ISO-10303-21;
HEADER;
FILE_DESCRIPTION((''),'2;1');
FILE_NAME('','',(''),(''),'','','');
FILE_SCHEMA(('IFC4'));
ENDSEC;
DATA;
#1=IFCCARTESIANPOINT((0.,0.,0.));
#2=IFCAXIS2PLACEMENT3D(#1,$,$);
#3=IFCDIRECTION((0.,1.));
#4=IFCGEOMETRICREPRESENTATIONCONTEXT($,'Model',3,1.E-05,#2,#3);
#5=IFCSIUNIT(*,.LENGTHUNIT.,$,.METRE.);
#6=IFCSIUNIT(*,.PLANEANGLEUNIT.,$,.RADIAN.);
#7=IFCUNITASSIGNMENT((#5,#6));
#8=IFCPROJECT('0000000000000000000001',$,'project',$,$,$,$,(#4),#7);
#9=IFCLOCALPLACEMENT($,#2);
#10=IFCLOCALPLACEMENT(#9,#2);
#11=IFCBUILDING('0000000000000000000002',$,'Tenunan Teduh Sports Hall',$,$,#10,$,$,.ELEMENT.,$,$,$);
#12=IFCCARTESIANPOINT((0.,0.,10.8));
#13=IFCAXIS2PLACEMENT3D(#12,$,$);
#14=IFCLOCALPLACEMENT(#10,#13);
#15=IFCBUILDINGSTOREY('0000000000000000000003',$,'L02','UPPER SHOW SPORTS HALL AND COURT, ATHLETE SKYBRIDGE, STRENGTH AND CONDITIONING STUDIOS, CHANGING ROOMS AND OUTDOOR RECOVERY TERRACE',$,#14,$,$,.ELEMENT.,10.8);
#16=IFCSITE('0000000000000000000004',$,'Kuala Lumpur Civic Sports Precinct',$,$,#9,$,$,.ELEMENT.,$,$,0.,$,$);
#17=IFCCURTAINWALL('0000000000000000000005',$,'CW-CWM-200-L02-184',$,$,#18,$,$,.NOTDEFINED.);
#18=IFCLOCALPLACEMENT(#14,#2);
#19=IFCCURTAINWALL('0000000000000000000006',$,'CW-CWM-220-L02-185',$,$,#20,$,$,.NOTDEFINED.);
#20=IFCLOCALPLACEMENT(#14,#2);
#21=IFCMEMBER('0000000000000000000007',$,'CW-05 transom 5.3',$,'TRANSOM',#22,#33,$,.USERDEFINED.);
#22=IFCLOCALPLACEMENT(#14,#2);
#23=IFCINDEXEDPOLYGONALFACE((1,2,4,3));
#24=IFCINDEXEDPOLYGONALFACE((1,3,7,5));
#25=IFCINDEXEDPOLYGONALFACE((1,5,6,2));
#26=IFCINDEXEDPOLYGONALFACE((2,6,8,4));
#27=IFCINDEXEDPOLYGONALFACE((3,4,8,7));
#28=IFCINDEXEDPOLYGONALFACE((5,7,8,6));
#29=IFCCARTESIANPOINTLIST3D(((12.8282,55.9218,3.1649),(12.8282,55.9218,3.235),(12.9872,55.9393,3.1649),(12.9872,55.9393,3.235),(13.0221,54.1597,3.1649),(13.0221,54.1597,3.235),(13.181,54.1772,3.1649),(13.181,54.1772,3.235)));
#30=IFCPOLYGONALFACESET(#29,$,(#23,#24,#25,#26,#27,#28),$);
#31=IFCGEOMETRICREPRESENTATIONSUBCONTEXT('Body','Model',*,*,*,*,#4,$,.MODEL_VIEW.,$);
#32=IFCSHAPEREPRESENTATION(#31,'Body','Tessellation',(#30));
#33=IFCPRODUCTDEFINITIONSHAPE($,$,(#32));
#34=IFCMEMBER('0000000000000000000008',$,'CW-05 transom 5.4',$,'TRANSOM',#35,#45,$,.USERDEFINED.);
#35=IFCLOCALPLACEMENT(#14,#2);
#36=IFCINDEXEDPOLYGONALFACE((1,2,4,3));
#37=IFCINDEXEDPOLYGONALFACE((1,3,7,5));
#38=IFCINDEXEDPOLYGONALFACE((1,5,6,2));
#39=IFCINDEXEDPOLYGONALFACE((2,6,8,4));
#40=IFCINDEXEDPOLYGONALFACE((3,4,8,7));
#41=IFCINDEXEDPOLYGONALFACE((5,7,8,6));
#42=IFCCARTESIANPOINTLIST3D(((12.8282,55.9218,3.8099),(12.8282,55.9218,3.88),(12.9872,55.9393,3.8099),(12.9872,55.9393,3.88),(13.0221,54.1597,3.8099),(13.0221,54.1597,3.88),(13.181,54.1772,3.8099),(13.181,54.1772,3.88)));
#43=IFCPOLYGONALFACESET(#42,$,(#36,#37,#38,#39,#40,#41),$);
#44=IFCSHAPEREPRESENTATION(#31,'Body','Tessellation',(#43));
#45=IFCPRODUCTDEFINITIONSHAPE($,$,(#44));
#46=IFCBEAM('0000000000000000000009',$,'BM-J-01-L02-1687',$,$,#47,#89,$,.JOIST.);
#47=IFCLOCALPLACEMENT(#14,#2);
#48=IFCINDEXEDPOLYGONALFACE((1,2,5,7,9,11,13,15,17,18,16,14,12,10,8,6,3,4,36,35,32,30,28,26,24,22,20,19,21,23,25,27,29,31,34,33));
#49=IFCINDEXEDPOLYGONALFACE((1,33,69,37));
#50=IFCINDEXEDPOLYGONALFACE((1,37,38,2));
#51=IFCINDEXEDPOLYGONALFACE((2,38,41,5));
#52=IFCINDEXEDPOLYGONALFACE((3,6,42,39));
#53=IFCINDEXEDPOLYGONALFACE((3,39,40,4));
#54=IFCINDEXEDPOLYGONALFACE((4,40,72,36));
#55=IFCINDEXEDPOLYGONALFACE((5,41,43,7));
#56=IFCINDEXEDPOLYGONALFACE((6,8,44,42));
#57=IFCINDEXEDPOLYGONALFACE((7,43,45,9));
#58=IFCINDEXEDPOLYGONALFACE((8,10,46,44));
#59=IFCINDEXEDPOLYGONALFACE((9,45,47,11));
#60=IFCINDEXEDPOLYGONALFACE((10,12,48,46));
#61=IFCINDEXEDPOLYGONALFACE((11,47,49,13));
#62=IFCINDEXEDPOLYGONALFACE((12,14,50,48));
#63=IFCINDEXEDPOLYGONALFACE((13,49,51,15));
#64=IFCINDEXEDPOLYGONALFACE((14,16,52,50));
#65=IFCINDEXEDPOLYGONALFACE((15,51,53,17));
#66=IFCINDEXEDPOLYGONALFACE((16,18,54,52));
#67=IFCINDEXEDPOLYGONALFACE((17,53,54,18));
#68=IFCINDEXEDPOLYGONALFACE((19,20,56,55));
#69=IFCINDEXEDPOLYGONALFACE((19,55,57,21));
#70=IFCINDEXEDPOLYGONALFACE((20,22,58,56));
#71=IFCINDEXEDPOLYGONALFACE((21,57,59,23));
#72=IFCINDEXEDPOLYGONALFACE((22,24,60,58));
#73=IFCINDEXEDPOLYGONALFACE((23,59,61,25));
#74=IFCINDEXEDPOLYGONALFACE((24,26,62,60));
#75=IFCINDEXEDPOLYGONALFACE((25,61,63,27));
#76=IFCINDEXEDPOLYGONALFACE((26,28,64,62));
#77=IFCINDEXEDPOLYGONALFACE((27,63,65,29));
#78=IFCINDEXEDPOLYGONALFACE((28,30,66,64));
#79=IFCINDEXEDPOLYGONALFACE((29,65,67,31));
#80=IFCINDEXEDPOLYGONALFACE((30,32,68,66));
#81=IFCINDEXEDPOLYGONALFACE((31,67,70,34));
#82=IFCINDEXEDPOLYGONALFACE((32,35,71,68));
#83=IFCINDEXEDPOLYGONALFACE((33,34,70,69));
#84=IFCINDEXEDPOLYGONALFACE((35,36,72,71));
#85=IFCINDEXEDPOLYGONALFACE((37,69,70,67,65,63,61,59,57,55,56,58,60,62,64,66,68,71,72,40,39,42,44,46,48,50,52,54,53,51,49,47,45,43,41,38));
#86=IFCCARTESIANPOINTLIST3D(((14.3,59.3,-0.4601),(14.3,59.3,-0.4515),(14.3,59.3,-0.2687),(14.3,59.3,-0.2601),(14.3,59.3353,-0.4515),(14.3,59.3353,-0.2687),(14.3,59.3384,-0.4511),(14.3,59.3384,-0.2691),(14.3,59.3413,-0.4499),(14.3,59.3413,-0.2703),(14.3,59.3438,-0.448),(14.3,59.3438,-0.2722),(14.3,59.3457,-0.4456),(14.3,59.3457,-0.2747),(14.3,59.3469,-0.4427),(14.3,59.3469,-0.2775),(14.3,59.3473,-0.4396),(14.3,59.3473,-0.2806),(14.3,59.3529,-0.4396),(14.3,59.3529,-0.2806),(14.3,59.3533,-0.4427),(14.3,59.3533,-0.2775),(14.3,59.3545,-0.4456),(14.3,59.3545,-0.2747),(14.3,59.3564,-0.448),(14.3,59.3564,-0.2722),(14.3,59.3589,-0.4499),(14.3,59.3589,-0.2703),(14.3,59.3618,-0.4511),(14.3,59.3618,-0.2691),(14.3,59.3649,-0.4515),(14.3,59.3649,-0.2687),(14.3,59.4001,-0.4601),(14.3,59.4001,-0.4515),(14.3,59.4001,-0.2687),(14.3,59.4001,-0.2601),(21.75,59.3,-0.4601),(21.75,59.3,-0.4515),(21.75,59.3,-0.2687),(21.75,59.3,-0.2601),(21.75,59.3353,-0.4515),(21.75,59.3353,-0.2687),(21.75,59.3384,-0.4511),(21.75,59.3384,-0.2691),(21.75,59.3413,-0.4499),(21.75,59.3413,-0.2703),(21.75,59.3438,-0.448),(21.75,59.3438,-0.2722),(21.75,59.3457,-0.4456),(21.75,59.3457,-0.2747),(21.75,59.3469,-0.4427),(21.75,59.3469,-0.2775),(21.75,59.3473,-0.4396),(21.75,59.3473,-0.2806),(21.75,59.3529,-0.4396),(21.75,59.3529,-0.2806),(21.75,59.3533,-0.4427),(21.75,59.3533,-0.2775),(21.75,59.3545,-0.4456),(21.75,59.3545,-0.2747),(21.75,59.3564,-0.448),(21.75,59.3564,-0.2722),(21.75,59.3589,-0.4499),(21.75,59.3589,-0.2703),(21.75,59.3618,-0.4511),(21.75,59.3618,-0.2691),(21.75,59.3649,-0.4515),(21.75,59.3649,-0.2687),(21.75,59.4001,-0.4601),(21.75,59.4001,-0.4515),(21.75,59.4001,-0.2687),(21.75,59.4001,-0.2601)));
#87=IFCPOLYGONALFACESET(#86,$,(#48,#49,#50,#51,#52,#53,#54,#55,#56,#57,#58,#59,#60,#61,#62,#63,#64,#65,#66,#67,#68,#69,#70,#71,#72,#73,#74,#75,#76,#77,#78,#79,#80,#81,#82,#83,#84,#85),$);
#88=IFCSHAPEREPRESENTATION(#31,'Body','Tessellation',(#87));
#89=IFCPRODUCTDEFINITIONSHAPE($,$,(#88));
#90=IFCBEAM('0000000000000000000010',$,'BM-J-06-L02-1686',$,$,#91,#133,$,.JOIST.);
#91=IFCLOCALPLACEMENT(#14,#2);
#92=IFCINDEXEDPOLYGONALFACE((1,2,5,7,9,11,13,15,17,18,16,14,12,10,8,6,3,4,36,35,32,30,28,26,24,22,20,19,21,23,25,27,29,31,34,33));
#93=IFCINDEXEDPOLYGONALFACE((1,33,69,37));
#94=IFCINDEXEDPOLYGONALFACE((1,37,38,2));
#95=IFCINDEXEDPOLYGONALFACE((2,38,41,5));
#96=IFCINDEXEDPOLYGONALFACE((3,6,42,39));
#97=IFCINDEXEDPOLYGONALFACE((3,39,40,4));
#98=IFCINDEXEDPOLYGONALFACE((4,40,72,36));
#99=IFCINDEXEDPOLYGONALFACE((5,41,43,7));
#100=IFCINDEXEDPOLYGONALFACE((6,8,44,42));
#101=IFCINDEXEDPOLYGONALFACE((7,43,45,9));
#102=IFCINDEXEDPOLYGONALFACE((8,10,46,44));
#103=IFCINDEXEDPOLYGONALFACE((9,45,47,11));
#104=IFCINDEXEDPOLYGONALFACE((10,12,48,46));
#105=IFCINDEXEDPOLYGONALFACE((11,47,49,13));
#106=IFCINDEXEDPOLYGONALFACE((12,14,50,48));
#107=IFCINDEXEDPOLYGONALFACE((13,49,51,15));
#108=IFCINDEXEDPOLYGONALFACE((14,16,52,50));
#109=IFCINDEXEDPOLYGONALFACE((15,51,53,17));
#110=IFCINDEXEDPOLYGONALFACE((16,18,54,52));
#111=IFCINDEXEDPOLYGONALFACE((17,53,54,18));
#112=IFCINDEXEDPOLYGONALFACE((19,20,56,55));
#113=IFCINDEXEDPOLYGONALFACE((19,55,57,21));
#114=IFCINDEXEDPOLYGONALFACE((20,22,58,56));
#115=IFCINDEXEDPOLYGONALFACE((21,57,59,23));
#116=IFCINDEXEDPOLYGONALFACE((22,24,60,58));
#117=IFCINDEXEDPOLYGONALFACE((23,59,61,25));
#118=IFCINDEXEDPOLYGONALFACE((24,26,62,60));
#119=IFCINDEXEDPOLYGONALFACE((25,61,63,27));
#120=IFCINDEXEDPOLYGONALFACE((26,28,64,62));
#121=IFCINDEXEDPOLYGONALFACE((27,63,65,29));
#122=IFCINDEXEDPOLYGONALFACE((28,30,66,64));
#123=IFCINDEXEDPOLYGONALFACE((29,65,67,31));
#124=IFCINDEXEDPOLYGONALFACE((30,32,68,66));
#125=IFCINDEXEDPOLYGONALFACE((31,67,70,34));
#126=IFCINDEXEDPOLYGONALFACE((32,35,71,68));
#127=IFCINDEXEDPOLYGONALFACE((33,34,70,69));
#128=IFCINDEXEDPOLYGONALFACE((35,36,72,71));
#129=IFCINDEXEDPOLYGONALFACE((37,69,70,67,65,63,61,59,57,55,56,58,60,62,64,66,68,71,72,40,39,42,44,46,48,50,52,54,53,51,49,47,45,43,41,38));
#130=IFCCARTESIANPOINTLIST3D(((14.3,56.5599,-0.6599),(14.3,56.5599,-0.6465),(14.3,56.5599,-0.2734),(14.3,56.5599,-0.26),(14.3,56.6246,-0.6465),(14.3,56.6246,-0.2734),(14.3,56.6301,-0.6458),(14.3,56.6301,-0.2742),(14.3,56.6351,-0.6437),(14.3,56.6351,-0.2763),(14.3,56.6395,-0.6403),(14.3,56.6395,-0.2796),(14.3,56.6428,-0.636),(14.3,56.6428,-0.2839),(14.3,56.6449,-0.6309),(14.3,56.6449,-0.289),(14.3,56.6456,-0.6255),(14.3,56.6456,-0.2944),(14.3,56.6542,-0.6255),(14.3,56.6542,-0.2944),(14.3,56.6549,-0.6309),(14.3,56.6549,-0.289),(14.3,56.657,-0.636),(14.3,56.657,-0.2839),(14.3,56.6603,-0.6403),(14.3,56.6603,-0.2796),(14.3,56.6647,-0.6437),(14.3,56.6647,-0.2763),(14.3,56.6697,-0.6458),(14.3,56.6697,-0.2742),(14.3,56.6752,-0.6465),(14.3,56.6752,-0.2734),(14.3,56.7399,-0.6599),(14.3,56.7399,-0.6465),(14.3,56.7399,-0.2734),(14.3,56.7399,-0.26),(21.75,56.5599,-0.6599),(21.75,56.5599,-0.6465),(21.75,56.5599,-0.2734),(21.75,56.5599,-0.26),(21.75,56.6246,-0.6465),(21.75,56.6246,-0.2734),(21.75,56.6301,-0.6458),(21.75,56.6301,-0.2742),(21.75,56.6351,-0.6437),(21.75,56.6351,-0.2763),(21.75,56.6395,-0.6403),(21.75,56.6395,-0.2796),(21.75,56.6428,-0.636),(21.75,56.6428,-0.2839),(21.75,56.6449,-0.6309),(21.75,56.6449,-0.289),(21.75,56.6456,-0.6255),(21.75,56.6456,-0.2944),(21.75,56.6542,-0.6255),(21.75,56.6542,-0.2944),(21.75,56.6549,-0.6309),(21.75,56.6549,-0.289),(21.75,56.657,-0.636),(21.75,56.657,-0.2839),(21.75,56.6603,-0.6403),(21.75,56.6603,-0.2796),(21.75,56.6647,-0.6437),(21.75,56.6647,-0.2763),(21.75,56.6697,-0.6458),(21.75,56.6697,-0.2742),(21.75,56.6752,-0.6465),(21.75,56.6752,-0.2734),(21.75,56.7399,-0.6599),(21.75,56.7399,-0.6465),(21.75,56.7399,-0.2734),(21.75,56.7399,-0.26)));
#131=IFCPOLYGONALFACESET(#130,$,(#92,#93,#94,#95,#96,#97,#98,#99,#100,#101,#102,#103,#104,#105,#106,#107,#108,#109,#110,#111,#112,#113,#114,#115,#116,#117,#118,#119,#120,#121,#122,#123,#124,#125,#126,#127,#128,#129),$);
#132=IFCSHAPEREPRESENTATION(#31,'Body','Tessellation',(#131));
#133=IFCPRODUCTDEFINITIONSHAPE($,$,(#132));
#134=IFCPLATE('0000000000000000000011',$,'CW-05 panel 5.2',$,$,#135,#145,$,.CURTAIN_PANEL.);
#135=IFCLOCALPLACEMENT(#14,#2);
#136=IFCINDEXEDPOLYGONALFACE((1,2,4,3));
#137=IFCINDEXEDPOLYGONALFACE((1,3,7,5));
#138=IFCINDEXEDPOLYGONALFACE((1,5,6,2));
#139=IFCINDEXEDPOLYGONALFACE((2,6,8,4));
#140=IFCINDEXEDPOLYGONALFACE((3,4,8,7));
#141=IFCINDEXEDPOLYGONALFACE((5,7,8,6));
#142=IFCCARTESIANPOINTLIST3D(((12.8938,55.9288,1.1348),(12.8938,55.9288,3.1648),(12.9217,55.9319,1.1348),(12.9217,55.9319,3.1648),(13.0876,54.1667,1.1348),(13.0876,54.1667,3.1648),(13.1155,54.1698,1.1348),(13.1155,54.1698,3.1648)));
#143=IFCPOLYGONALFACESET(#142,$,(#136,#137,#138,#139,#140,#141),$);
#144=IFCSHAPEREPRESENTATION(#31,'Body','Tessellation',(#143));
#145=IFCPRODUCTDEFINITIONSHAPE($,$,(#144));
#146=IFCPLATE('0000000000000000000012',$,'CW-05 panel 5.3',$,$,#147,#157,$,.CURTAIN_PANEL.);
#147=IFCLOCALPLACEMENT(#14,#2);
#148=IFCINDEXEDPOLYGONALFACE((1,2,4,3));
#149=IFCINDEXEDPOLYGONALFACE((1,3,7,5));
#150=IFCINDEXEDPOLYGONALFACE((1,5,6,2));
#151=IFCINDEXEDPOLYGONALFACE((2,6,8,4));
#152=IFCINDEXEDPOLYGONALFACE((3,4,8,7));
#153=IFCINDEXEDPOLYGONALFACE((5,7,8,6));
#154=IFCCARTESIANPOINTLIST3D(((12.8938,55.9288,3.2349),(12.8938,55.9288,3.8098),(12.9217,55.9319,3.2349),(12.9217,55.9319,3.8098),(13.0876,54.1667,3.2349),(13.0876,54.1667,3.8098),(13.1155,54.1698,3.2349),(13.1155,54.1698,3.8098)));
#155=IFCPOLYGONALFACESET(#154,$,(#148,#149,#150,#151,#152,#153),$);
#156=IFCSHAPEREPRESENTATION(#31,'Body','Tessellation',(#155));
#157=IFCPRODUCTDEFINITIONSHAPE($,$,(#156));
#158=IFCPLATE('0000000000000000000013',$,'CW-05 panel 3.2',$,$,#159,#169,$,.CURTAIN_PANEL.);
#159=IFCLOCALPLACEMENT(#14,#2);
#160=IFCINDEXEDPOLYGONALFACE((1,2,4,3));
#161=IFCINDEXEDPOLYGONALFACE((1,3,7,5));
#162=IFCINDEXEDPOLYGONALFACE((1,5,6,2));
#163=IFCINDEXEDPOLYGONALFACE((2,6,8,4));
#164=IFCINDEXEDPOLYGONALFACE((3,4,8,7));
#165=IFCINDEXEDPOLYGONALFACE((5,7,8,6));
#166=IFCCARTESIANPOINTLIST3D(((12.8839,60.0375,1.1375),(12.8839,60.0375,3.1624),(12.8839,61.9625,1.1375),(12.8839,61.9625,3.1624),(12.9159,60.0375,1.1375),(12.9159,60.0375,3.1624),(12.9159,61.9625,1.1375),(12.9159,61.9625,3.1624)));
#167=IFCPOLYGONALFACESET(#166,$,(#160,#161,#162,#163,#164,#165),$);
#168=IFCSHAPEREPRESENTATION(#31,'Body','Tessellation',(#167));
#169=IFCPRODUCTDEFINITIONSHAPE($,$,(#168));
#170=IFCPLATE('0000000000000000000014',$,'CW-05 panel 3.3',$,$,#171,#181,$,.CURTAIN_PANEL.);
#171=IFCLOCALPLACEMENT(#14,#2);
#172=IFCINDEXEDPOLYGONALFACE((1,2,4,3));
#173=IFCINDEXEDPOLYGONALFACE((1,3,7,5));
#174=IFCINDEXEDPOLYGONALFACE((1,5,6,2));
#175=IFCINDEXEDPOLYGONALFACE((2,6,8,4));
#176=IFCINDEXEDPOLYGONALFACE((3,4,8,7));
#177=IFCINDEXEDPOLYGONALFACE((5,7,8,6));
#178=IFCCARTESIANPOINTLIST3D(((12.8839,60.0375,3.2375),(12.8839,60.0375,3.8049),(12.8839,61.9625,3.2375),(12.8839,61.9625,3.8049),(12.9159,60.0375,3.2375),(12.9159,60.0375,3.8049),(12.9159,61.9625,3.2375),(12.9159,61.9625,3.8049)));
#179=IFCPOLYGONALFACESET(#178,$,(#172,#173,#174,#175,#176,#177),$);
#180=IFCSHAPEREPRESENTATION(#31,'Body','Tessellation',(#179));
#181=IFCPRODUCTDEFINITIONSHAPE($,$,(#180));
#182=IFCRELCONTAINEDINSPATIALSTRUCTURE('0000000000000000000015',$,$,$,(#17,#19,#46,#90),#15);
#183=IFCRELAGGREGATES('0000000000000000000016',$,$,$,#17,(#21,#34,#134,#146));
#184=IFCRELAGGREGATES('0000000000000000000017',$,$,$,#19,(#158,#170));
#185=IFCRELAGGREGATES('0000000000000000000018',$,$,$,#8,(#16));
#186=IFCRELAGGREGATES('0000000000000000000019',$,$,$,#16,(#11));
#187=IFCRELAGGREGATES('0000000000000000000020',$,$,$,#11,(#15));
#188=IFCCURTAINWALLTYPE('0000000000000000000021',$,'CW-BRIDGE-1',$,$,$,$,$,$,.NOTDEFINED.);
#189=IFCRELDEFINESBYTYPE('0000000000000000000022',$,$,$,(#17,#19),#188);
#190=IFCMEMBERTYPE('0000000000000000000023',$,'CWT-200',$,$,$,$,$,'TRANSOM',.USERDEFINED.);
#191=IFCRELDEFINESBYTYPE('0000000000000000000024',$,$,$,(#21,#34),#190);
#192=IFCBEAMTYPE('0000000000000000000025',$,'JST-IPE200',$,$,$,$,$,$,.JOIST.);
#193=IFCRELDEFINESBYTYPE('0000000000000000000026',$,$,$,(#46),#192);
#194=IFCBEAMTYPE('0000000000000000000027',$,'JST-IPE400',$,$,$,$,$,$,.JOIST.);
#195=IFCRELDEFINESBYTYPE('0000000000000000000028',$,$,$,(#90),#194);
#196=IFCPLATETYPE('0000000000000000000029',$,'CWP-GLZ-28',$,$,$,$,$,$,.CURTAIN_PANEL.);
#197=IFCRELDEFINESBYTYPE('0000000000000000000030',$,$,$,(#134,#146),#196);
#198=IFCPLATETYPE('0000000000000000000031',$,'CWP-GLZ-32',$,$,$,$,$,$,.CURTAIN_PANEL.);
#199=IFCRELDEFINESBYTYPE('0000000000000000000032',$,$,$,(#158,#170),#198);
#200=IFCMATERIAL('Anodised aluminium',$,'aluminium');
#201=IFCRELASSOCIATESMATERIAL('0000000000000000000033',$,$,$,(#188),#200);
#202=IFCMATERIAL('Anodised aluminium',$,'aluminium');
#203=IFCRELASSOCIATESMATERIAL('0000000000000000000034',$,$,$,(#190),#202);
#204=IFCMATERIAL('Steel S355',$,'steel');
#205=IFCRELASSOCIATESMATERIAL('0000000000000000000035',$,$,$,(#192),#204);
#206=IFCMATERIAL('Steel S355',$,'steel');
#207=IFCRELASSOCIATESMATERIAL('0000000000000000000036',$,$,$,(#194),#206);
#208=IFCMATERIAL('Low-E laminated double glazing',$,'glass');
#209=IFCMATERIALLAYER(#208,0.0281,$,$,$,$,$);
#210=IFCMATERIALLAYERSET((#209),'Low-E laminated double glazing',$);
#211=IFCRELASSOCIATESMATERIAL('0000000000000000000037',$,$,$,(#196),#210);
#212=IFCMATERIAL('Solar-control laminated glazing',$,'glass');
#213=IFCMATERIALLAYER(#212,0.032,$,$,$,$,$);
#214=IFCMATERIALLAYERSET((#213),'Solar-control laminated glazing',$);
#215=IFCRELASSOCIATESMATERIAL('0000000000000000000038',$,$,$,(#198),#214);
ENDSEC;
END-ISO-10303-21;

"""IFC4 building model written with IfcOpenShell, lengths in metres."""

from ifc_helpers import new_model, si_unit, direction, frame, origin, origin_2d, place, context, subcontext, project, spatial, rectangle, i_section, extrude, material, layer, layer_set, material_profile, profile_set, type_object, element, aggregate, save


model = new_model("IFC4")

# Units and contexts
model_context = context("Model", 3, precision=1e-05, world=origin(), true_north=direction((0.0, 1.0)))
body_context = subcontext(model_context, "Body", "Model", "MODEL_VIEW")
ifc_project = project(units=[si_unit("LENGTHUNIT", "METRE"), si_unit("PLANEANGLEUNIT", "RADIAN")], contexts=[model_context])

# Site, building, storey
site_placement = place(None, origin())
site = spatial("IfcSite", under=ifc_project, at=site_placement, Name="Kuala Lumpur Civic Sports Precinct", CompositionType="ELEMENT", RefElevation=0.0)
building_placement = place(site_placement, origin())
building = spatial("IfcBuilding", under=site, at=building_placement, Name="Tenunan Teduh Sports Hall", CompositionType="ELEMENT")
storey_placement = place(building_placement, frame((0.0, 0.0, 10.8)))
storey = spatial("IfcBuildingStorey", under=building, at=storey_placement, Name="L02", Description="UPPER SHOW SPORTS HALL AND COURT, ATHLETE SKYBRIDGE, STRENGTH AND CONDITIONING STUDIOS, CHANGING ROOMS AND OUTDOOR RECOVERY TERRACE", CompositionType="ELEMENT", Elevation=10.8)

# Curtain wall
ifc_material_1 = material(Name="Anodised aluminium", Category="aluminium")
curtain_wall_type = type_object("IfcCurtainWallType", Name="CW-BRIDGE-1", PredefinedType="NOTDEFINED", material=ifc_material_1)
curtain_wall_1_placement = place(storey_placement, origin())
curtain_wall_1 = element("IfcCurtainWall", 1, at=curtain_wall_1_placement, inside=storey, type_object=curtain_wall_type, Name="CW-CWM-200-L02-184", PredefinedType="NOTDEFINED")

# Curtain wall
curtain_wall_2_placement = place(storey_placement, origin())
curtain_wall_2 = element("IfcCurtainWall", 2, at=curtain_wall_2_placement, inside=storey, type_object=curtain_wall_type, Name="CW-CWM-220-L02-185", PredefinedType="NOTDEFINED")

# Members
ifc_material_2 = material(Name="Anodised aluminium", Category="aluminium")
ifc_material_profile_1 = material_profile(ifc_material_2, rectangle(XDim=0.0701, YDim=0.1599, at=origin_2d()), Name="CWT 70x160")
ifc_profile_set_1 = profile_set([ifc_material_profile_1], Name="Anodised aluminium")
member_type_1 = type_object("IfcMemberType", Name="CWT-200", ElementType="TRANSOM", PredefinedType="USERDEFINED", material=ifc_profile_set_1)
member_1_placement = place(storey_placement, frame((13.1016, 54.1685, 3.2), z_axis=(-0.109358, 0.994002, 0.0), x_axis=(0.0, 0.0, 1.0)))
member_1 = element("IfcMember", 3, at=member_1_placement, type_object=member_type_1, Name="CW-05 transom 5.3", ObjectType="TRANSOM", PredefinedType="USERDEFINED", context=body_context, shape_type="SweptSolid", body=[
    extrude(rectangle(XDim=0.0701, YDim=0.1599, at=origin_2d()), origin(), (0.0, 0.0, 1.0), 1.7727),
])
member_2_placement = place(storey_placement, frame((13.1016, 54.1685, 3.845), z_axis=(-0.109358, 0.994002, 0.0), x_axis=(0.0, 0.0, 1.0)))
member_2 = element("IfcMember", 4, at=member_2_placement, type_object=member_type_1, Name="CW-05 transom 5.4", ObjectType="TRANSOM", PredefinedType="USERDEFINED", context=body_context, shape_type="SweptSolid", body=[
    extrude(rectangle(XDim=0.0701, YDim=0.1599, at=origin_2d()), origin(), (0.0, 0.0, 1.0), 1.7727),
])

# Beams
ifc_material_3 = material(Name="Steel S355", Category="steel")
ifc_material_profile_2 = material_profile(ifc_material_3, i_section(OverallWidth=0.1001, OverallDepth=0.2, WebThickness=0.0056, FlangeThickness=0.0085, FilletRadius=0.012, at=origin_2d()), Name="IPE 200")
ifc_profile_set_2 = profile_set([ifc_material_profile_2], Name="Steel S355")
beam_type_1 = type_object("IfcBeamType", Name="JST-IPE200", PredefinedType="JOIST", material=ifc_profile_set_2)
beam_1_placement = place(storey_placement, frame((14.3, 59.3501, -0.3601), z_axis=(1.0, 0.0, 0.0), x_axis=(0.0, 1.0, 0.0)))
element("IfcBeam", 5, at=beam_1_placement, inside=storey, type_object=beam_type_1, Name="BM-J-01-L02-1687", PredefinedType="JOIST", context=body_context, shape_type="SweptSolid", body=[
    extrude(i_section(OverallWidth=0.1001, OverallDepth=0.2, WebThickness=0.0056, FlangeThickness=0.0085, FilletRadius=0.012, at=origin_2d()), origin(), (0.0, 0.0, 1.0), 7.45),
])
ifc_material_4 = material(Name="Steel S355", Category="steel")
ifc_material_profile_3 = material_profile(ifc_material_4, i_section(OverallWidth=0.1799, OverallDepth=0.3999, WebThickness=0.0085, FlangeThickness=0.0134, FilletRadius=0.021, at=origin_2d()), Name="IPE 400")
ifc_profile_set_3 = profile_set([ifc_material_profile_3], Name="Steel S355")
beam_type_2 = type_object("IfcBeamType", Name="JST-IPE400", PredefinedType="JOIST", material=ifc_profile_set_3)
beam_2_placement = place(storey_placement, frame((14.3, 56.6499, -0.46), z_axis=(1.0, 0.0, 0.0), x_axis=(0.0, 1.0, 0.0)))
element("IfcBeam", 6, at=beam_2_placement, inside=storey, type_object=beam_type_2, Name="BM-J-06-L02-1686", PredefinedType="JOIST", context=body_context, shape_type="SweptSolid", body=[
    extrude(i_section(OverallWidth=0.1799, OverallDepth=0.3999, WebThickness=0.0085, FlangeThickness=0.0134, FilletRadius=0.021, at=origin_2d()), origin(), (0.0, 0.0, 1.0), 7.45),
])

# Plates
ifc_material_5 = material(Name="Low-E laminated double glazing", Category="glass")
ifc_layer_1 = layer(ifc_material_5, 0.0281)
ifc_layer_set_1 = layer_set([ifc_layer_1], Name="Low-E laminated double glazing")
plate_type_1 = type_object("IfcPlateType", Name="CWP-GLZ-28", PredefinedType="CURTAIN_PANEL", material=ifc_layer_set_1)
plate_1_placement = place(storey_placement, frame((13.0046, 55.0493, 1.1348), z_axis=(0.0, 0.0, 1.0), x_axis=(-0.10934, 0.994004, 0.0)))
plate_1 = element("IfcPlate", 7, at=plate_1_placement, type_object=plate_type_1, Name="CW-05 panel 5.2", PredefinedType="CURTAIN_PANEL", context=body_context, shape_type="SweptSolid", body=[
    extrude(rectangle(XDim=1.7727, YDim=0.0281, at=origin_2d()), origin(), (0.0, 0.0, 1.0), 2.03),
])
plate_2_placement = place(storey_placement, frame((13.0046, 55.0493, 3.2349), z_axis=(0.0, 0.0, 1.0), x_axis=(-0.10934, 0.994004, 0.0)))
plate_2 = element("IfcPlate", 8, at=plate_2_placement, type_object=plate_type_1, Name="CW-05 panel 5.3", PredefinedType="CURTAIN_PANEL", context=body_context, shape_type="SweptSolid", body=[
    extrude(rectangle(XDim=1.7727, YDim=0.0281, at=origin_2d()), origin(), (0.0, 0.0, 1.0), 0.575),
])
ifc_material_6 = material(Name="Solar-control laminated glazing", Category="glass")
ifc_layer_2 = layer(ifc_material_6, 0.032)
ifc_layer_set_2 = layer_set([ifc_layer_2], Name="Solar-control laminated glazing")
plate_type_2 = type_object("IfcPlateType", Name="CWP-GLZ-32", PredefinedType="CURTAIN_PANEL", material=ifc_layer_set_2)
plate_3_placement = place(storey_placement, frame((12.8999, 61.0, 1.1375), z_axis=(0.0, 0.0, 1.0), x_axis=(0.0, 1.0, 0.0)))
plate_3 = element("IfcPlate", 9, at=plate_3_placement, type_object=plate_type_2, Name="CW-05 panel 3.2", PredefinedType="CURTAIN_PANEL", context=body_context, shape_type="SweptSolid", body=[
    extrude(rectangle(XDim=1.925, YDim=0.032, at=origin_2d()), origin(), (0.0, 0.0, 1.0), 2.0249),
])
plate_4_placement = place(storey_placement, frame((12.8999, 61.0, 3.2375), z_axis=(0.0, 0.0, 1.0), x_axis=(0.0, 1.0, 0.0)))
plate_4 = element("IfcPlate", 10, at=plate_4_placement, type_object=plate_type_2, Name="CW-05 panel 3.3", PredefinedType="CURTAIN_PANEL", context=body_context, shape_type="SweptSolid", body=[
    extrude(rectangle(XDim=1.925, YDim=0.032, at=origin_2d()), origin(), (0.0, 0.0, 1.0), 0.5674),
])
aggregate(curtain_wall_1, [member_1, member_2, plate_1, plate_2])
aggregate(curtain_wall_2, [plate_3, plate_4])

save(model, "model.ifc")
